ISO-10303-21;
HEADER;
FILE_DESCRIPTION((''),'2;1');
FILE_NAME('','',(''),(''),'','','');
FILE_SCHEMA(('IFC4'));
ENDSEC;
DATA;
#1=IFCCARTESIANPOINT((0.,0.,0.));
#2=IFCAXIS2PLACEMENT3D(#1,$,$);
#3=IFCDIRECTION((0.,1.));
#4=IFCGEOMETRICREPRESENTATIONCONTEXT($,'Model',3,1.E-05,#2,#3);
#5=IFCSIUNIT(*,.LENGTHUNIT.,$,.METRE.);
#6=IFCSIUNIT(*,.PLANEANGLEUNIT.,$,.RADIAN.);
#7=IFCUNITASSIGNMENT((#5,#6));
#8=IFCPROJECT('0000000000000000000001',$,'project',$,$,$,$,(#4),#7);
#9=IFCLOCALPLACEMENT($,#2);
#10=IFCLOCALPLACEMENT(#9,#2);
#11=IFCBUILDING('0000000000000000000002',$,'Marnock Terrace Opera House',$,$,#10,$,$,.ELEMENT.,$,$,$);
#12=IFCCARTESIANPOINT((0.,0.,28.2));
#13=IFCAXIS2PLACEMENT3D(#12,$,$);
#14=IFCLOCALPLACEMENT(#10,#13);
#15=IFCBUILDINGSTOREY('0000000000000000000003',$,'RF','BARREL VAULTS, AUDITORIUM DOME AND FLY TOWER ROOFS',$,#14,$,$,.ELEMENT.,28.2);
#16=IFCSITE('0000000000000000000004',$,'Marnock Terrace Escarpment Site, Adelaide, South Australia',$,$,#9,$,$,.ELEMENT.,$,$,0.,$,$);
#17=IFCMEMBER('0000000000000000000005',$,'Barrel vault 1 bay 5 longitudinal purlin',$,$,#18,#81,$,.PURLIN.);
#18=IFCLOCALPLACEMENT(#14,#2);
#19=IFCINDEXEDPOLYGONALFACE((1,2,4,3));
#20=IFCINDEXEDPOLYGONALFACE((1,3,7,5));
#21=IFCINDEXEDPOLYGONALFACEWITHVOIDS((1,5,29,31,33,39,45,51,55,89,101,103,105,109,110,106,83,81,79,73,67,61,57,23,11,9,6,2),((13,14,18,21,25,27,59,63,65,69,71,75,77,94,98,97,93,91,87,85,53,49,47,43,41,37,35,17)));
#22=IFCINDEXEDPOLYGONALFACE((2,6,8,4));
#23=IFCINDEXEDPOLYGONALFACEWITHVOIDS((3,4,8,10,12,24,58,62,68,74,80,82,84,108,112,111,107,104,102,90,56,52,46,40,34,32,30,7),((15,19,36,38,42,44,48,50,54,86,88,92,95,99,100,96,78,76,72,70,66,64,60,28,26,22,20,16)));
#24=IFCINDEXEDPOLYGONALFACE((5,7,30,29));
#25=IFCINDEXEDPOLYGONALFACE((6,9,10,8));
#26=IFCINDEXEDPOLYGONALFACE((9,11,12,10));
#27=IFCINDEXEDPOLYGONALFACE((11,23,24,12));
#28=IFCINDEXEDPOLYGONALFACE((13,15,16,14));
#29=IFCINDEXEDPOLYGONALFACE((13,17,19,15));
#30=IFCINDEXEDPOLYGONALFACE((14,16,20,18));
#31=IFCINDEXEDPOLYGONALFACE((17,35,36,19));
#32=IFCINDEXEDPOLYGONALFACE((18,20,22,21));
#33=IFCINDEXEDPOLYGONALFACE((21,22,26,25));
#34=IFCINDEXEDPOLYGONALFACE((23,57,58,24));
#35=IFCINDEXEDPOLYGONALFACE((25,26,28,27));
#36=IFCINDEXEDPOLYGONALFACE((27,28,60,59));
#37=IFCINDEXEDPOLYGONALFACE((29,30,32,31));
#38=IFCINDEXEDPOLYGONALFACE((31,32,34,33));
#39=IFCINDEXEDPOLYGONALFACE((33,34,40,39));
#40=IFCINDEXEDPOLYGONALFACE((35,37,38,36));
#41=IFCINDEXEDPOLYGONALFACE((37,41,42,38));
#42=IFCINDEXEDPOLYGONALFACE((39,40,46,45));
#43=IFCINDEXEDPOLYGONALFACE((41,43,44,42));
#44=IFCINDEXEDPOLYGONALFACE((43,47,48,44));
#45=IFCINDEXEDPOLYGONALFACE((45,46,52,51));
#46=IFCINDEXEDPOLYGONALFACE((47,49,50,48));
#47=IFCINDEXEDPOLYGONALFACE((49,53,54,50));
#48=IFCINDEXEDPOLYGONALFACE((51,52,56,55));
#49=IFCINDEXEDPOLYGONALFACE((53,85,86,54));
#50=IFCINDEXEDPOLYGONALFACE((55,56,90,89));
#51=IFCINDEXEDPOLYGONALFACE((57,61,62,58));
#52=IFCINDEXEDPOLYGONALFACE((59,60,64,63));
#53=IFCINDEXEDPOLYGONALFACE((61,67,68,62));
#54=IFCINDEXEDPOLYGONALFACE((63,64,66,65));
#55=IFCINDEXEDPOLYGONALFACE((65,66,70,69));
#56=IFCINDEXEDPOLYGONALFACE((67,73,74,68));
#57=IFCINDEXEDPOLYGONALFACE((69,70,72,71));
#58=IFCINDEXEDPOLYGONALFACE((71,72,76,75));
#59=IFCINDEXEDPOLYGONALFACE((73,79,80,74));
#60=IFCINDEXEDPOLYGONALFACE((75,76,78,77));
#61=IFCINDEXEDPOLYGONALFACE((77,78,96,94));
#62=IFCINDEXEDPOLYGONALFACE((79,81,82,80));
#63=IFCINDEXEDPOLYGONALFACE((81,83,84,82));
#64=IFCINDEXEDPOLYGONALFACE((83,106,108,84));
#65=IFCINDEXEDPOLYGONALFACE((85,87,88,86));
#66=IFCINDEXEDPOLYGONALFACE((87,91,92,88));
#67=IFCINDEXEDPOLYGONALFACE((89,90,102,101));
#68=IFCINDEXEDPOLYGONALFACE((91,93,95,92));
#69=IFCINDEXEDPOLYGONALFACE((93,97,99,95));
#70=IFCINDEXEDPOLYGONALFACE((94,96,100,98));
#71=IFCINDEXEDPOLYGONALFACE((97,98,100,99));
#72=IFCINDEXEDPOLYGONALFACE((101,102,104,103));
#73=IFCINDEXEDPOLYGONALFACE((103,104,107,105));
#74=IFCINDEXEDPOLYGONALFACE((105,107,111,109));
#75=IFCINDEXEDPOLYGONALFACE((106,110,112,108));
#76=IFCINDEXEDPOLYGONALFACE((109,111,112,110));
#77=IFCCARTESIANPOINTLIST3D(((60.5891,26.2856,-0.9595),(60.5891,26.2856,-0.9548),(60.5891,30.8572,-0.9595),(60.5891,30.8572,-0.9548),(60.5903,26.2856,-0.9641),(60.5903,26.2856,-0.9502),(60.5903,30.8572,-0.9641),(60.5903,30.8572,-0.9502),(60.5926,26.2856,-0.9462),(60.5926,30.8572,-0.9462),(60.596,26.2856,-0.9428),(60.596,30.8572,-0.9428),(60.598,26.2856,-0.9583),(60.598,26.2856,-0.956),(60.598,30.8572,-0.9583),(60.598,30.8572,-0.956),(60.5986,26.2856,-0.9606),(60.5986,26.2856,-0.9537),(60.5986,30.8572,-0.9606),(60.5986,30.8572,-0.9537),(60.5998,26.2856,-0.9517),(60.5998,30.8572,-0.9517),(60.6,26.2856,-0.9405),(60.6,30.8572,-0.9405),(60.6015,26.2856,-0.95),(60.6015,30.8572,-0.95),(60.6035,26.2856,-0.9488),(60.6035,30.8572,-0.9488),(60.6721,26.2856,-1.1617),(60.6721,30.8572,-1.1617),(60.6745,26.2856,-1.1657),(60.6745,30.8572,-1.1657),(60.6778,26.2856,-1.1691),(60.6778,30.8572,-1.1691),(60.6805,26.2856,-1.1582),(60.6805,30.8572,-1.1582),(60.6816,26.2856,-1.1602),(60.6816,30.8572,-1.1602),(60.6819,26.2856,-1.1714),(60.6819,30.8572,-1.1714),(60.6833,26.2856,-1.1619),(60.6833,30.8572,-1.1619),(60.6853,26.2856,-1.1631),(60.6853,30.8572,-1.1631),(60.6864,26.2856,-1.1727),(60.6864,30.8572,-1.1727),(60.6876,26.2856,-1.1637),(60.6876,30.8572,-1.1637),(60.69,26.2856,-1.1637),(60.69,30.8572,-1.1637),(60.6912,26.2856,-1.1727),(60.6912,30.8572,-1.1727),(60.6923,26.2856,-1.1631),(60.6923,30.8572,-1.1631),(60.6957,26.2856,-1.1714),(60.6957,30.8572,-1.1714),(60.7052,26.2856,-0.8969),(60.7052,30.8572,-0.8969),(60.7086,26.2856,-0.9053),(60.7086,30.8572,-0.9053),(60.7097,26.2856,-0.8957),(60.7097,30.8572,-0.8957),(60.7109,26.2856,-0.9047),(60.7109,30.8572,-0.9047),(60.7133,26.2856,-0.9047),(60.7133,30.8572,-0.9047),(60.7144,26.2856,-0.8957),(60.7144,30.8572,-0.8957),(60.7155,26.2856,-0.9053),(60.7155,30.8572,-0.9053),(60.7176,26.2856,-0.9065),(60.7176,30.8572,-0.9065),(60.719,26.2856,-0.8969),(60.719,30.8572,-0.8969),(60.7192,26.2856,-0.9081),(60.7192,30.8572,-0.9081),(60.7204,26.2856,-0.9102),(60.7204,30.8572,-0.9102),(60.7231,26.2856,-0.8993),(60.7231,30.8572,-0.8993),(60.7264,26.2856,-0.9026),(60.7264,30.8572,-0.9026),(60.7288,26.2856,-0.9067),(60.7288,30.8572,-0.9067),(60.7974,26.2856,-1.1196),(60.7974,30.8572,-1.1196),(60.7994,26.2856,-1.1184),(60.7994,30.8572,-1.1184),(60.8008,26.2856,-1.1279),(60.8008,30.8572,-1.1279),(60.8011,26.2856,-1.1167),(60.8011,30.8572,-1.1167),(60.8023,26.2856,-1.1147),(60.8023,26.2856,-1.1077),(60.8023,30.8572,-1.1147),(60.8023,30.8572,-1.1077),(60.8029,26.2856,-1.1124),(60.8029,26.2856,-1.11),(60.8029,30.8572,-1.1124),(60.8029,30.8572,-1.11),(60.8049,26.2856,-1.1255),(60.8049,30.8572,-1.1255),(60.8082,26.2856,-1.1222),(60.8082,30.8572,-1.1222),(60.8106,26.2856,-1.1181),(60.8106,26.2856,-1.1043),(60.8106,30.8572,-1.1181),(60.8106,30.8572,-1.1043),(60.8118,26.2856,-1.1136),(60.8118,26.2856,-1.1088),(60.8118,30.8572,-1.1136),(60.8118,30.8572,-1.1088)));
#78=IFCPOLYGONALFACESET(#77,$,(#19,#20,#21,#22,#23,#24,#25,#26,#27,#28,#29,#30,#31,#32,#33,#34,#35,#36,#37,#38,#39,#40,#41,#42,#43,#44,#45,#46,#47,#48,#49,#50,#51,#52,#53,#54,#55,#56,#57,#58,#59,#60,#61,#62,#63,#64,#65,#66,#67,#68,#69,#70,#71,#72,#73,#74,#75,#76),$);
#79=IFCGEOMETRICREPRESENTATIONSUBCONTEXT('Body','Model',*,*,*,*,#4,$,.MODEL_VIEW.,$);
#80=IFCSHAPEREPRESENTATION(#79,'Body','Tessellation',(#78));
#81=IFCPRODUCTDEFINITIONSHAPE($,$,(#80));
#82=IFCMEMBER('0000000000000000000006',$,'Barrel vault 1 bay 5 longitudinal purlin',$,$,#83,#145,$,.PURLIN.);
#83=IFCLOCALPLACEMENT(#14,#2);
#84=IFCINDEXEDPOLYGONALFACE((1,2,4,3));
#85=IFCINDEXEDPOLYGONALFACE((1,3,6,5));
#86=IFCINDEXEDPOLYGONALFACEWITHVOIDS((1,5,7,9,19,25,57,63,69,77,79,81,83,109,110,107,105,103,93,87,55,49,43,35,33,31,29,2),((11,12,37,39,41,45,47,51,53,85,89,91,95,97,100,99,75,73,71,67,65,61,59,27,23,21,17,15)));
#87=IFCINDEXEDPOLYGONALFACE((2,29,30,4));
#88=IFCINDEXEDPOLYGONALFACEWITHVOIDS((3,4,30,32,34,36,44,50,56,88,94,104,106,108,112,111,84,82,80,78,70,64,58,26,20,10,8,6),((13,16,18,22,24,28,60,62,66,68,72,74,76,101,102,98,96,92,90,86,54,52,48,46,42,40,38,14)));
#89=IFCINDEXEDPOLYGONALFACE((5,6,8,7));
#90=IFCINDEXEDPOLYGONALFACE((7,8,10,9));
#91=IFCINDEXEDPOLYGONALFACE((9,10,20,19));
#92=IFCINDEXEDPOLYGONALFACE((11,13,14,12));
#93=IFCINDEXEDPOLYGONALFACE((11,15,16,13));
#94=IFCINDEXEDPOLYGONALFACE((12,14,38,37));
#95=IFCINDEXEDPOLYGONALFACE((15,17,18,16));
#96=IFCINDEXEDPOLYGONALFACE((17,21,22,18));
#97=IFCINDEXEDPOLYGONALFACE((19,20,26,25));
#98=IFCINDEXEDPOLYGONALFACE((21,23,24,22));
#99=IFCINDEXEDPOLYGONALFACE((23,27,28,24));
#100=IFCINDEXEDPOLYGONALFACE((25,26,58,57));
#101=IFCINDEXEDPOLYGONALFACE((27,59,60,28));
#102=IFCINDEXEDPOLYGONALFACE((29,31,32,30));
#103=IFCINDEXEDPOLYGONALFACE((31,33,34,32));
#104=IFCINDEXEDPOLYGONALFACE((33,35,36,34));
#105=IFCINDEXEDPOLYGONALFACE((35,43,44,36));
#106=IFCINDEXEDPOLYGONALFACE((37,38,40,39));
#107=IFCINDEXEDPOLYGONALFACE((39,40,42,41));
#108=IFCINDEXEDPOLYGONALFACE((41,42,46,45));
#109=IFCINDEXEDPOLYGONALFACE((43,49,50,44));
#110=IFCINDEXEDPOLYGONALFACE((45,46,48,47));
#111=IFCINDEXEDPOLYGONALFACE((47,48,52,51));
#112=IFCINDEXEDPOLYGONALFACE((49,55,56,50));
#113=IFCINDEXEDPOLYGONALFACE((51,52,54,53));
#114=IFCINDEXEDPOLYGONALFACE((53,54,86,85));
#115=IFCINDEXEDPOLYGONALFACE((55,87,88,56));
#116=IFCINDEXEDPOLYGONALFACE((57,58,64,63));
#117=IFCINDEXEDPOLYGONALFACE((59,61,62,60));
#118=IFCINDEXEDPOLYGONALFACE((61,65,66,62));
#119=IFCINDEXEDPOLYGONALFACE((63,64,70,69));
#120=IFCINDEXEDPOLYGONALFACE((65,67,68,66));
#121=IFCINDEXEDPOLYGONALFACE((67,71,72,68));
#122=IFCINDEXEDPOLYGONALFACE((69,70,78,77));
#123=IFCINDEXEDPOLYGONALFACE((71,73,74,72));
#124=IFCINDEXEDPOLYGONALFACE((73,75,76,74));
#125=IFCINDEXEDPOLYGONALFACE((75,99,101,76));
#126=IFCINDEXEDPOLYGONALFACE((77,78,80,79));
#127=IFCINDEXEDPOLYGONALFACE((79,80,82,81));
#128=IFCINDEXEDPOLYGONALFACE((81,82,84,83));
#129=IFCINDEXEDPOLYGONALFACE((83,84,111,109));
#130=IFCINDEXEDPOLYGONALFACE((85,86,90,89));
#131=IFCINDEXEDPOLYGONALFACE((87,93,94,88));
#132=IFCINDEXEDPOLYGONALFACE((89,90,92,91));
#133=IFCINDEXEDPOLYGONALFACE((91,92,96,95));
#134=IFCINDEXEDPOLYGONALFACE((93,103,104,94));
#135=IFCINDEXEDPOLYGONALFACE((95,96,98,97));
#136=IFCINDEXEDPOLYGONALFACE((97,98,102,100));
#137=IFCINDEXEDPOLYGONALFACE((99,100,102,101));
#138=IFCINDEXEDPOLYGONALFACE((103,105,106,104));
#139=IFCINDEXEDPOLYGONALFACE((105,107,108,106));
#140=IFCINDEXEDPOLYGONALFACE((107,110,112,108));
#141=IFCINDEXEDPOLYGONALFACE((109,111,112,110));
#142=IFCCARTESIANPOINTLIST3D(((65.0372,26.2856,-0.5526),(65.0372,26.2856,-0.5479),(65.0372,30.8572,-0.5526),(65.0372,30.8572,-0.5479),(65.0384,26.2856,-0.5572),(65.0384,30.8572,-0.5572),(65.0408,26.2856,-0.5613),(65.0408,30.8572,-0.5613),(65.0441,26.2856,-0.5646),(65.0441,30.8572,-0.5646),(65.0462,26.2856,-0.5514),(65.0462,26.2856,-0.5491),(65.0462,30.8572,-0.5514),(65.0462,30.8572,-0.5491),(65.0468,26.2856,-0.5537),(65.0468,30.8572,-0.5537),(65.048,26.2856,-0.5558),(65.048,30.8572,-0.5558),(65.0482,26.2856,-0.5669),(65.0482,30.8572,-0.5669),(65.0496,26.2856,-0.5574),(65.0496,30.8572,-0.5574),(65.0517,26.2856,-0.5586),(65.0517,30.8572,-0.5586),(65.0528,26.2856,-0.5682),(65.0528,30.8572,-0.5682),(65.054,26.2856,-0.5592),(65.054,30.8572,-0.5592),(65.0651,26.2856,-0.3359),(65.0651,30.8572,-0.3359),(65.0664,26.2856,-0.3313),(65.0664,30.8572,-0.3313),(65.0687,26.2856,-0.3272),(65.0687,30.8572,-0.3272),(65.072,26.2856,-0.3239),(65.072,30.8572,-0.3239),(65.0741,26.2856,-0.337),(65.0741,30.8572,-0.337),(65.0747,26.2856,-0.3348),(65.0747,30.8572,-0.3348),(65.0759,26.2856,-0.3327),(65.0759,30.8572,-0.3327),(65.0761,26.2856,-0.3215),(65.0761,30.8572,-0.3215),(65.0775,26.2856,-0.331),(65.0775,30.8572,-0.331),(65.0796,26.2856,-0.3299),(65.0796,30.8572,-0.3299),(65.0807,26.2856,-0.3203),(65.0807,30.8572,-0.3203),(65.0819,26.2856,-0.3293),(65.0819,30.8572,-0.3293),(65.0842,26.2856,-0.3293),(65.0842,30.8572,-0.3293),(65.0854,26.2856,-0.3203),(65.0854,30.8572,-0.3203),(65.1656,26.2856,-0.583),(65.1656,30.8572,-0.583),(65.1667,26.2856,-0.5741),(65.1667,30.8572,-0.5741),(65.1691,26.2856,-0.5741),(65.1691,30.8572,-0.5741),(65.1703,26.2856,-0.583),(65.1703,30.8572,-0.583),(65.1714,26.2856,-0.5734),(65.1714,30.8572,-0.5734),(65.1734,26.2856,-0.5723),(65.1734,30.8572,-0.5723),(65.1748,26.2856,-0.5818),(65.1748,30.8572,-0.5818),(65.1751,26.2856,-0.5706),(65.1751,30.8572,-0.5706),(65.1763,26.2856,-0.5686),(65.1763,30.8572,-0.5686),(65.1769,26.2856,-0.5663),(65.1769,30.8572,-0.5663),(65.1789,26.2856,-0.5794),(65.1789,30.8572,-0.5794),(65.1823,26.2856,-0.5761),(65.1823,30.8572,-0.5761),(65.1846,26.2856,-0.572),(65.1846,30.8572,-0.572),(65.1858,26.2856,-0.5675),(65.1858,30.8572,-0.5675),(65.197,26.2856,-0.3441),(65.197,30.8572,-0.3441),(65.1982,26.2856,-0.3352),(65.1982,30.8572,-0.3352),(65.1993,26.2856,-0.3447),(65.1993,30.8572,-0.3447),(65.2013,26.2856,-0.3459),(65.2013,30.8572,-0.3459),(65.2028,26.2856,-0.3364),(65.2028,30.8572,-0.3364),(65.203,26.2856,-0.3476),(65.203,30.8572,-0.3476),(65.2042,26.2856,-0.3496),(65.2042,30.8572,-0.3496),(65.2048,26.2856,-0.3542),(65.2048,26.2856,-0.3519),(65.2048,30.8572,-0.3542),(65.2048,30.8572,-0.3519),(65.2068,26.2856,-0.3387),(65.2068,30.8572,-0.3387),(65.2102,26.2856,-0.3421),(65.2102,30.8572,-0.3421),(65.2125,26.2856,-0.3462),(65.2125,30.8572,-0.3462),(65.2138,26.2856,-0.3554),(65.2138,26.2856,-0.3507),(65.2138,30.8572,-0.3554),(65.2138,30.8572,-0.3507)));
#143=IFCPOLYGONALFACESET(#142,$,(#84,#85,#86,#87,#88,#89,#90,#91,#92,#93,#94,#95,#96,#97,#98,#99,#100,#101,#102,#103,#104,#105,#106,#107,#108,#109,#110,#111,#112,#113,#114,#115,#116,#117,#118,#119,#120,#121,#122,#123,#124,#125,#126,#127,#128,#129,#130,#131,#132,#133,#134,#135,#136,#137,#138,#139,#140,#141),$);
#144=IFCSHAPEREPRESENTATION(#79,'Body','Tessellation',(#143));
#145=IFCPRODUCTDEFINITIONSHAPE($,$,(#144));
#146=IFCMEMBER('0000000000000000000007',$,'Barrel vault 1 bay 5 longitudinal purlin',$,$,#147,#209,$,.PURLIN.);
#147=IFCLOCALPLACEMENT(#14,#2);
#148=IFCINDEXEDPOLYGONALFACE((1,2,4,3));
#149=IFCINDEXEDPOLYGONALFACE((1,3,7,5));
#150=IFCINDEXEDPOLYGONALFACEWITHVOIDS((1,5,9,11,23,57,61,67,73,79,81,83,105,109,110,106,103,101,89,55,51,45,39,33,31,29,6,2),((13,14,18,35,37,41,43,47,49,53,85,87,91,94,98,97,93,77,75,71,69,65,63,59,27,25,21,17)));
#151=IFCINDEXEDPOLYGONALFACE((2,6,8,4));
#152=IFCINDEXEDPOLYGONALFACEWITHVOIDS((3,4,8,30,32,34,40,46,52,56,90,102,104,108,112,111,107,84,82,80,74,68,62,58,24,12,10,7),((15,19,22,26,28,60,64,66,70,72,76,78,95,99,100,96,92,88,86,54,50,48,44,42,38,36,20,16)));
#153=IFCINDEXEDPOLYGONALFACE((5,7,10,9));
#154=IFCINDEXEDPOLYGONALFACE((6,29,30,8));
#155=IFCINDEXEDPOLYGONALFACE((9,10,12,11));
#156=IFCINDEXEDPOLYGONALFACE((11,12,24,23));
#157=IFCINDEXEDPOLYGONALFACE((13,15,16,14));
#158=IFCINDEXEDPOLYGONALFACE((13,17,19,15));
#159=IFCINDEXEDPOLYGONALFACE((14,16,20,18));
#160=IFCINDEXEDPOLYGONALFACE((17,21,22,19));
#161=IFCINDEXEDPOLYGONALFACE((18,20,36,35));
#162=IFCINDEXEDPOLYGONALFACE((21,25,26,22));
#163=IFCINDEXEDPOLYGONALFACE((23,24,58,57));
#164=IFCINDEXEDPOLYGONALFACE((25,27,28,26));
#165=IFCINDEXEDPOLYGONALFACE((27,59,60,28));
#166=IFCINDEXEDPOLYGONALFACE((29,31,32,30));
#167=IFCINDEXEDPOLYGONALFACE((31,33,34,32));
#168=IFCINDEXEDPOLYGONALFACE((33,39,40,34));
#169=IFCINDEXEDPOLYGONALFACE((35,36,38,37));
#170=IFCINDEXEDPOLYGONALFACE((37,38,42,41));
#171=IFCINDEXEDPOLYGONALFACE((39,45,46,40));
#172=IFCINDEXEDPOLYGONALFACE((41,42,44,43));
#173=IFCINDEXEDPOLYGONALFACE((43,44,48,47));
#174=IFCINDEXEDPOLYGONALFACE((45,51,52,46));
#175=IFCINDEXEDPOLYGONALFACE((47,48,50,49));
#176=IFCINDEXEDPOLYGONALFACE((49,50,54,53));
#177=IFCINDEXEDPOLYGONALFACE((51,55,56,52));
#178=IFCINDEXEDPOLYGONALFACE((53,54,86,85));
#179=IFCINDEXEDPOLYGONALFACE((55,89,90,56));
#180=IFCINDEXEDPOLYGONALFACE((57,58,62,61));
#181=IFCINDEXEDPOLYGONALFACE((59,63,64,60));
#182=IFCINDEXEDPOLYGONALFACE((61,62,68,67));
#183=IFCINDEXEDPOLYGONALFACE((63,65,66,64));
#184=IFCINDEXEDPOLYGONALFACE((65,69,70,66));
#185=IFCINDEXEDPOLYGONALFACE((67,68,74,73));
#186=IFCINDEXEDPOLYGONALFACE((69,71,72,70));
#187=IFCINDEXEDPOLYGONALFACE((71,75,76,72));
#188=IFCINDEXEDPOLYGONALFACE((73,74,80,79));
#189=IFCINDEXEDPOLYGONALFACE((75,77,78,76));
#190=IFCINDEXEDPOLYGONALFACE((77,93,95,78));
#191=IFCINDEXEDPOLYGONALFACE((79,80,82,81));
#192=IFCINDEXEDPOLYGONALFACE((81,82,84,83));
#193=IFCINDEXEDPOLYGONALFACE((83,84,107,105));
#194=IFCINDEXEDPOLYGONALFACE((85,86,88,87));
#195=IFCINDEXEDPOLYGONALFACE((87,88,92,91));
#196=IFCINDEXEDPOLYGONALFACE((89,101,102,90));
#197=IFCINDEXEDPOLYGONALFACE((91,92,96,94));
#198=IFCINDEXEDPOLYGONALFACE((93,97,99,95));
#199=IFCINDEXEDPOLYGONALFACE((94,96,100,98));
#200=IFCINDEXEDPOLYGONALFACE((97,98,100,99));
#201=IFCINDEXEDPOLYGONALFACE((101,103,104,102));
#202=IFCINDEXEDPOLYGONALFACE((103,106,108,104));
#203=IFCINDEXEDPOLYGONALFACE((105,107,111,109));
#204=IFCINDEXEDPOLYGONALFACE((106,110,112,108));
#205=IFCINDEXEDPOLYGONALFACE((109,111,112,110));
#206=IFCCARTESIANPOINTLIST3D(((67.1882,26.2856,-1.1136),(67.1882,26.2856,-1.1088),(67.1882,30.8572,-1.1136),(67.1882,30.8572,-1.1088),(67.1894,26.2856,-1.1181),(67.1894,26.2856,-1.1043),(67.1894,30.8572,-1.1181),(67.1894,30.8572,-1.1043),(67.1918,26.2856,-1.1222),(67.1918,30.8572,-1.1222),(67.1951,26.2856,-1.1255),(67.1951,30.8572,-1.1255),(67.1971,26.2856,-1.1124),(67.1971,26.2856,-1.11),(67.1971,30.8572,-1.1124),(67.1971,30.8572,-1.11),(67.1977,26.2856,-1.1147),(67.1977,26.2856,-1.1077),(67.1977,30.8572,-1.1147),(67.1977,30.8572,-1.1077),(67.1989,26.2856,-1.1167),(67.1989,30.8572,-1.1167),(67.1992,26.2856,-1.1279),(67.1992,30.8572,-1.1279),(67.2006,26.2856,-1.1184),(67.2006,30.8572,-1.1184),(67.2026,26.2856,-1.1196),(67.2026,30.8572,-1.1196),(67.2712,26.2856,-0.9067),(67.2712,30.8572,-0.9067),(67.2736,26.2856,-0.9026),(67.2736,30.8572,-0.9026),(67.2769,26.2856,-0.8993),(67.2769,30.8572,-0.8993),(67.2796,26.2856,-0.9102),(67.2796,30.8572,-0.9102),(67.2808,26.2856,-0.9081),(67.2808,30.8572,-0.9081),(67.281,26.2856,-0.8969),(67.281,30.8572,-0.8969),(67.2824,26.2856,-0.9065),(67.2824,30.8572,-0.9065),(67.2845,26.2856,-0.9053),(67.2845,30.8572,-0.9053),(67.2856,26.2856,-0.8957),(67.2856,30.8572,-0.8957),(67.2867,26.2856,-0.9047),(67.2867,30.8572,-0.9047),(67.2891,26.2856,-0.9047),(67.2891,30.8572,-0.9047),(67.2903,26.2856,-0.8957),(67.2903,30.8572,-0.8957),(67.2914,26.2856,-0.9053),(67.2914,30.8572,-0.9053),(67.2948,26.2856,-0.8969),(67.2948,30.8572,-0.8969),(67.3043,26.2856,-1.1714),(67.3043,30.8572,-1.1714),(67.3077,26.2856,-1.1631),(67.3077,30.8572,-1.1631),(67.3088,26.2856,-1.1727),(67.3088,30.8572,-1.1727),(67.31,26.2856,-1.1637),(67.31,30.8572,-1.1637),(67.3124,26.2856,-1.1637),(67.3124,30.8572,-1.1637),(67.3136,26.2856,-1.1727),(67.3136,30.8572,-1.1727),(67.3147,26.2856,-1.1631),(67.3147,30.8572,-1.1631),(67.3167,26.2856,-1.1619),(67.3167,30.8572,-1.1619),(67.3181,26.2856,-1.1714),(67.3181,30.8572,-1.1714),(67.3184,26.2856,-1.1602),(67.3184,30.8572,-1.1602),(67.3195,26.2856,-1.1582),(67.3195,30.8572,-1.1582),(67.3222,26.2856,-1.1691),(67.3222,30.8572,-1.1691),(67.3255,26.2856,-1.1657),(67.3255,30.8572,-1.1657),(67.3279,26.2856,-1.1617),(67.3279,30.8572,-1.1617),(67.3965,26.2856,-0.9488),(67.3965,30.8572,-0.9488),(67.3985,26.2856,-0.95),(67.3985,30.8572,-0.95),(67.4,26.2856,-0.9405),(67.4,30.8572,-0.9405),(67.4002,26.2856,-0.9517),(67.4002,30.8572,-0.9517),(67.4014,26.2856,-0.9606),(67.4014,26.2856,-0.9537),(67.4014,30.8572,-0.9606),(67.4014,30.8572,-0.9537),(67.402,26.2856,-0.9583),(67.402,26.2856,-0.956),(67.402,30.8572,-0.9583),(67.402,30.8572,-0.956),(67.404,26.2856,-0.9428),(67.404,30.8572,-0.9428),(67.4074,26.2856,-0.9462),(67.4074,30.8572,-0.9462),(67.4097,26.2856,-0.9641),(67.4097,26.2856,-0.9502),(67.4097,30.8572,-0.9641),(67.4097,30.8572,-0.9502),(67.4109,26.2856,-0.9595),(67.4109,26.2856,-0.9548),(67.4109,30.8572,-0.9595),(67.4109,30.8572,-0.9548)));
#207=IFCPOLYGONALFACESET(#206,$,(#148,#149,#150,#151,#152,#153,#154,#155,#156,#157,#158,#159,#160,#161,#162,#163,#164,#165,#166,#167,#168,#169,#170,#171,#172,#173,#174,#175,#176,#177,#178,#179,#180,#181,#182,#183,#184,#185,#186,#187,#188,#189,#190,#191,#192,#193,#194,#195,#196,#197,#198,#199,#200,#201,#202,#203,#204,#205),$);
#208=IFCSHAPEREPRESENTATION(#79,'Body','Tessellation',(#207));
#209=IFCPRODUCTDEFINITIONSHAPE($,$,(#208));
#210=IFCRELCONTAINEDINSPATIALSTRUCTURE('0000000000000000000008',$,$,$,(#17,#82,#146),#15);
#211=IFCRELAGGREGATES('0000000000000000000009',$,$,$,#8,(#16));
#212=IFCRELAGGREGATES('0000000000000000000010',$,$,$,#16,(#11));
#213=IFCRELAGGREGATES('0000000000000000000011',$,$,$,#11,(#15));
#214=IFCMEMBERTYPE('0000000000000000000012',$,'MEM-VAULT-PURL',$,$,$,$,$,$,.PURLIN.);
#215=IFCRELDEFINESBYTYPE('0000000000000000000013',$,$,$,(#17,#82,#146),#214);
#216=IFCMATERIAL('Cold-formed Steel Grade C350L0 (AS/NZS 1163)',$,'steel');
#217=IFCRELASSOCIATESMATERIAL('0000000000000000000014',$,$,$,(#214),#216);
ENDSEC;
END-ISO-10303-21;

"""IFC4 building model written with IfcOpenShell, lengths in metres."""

from ifc_helpers import new_model, si_unit, direction, frame, origin, origin_2d, place, context, subcontext, project, spatial, hollow_rectangle, extrude, material, material_profile, profile_set, type_object, element, save


model = new_model("IFC4")

# Units and contexts
model_context = context("Model", 3, precision=1e-05, world=origin(), true_north=direction((0.0, 1.0)))
body_context = subcontext(model_context, "Body", "Model", "MODEL_VIEW")
ifc_project = project(units=[si_unit("LENGTHUNIT", "METRE"), si_unit("PLANEANGLEUNIT", "RADIAN")], contexts=[model_context])

# Site, building, storey
site_placement = place(None, origin())
site = spatial("IfcSite", under=ifc_project, at=site_placement, Name="Marnock Terrace Escarpment Site, Adelaide, South Australia", CompositionType="ELEMENT", RefElevation=0.0)
building_placement = place(site_placement, origin())
building = spatial("IfcBuilding", under=site, at=building_placement, Name="Marnock Terrace Opera House", CompositionType="ELEMENT")
storey_placement = place(building_placement, frame((0.0, 0.0, 28.2)))
storey = spatial("IfcBuildingStorey", under=building, at=storey_placement, Name="RF", Description="BARREL VAULTS, AUDITORIUM DOME AND FLY TOWER ROOFS", CompositionType="ELEMENT", Elevation=28.2)

# Members
ifc_material_1 = material(Name="Cold-formed Steel Grade C350L0 (AS/NZS 1163)", Category="steel")
ifc_material_profile_1 = material_profile(ifc_material_1, hollow_rectangle(XDim=0.1499, YDim=0.25, WallThickness=0.009, InnerFilletRadius=0.009, OuterFilletRadius=0.0181, at=origin_2d()))
ifc_profile_set_1 = profile_set([ifc_material_profile_1], Name="Cold-formed Steel Grade C350L0 (AS/NZS 1163)")
member_type_1 = type_object("IfcMemberType", Name="MEM-VAULT-PURL", PredefinedType="PURLIN", material=ifc_profile_set_1)
for number, where, z_axis, x_axis, name in (
    (1, (60.7004, 26.2856, -1.0342), (0.0, 1.0, 0.0), (-0.92388, 0.0, -0.382683), "Barrel vault 1 bay 5 longitudinal purlin"),
    (2, (65.1255, 26.2856, -0.4517), (0.0, 1.0, 0.0), (-0.991445, 0.0, 0.130526), "Barrel vault 1 bay 5 longitudinal purlin"),
    (3, (67.2996, 26.2856, -1.0342), (0.0, 1.0, 0.0), (-0.92388, 0.0, 0.382683), "Barrel vault 1 bay 5 longitudinal purlin"),
):
    element("IfcMember", number, at=place(storey_placement, frame(where, z_axis=z_axis, x_axis=x_axis)), inside=storey, type_object=member_type_1, Name=name, PredefinedType="PURLIN", context=body_context, shape_type="SweptSolid", body=[
        extrude(hollow_rectangle(XDim=0.1499, YDim=0.25, WallThickness=0.009, InnerFilletRadius=0.009, OuterFilletRadius=0.0181, at=origin_2d()), origin(), (0.0, 0.0, 1.0), 4.5715),
    ])

save(model, "model.ifc")
